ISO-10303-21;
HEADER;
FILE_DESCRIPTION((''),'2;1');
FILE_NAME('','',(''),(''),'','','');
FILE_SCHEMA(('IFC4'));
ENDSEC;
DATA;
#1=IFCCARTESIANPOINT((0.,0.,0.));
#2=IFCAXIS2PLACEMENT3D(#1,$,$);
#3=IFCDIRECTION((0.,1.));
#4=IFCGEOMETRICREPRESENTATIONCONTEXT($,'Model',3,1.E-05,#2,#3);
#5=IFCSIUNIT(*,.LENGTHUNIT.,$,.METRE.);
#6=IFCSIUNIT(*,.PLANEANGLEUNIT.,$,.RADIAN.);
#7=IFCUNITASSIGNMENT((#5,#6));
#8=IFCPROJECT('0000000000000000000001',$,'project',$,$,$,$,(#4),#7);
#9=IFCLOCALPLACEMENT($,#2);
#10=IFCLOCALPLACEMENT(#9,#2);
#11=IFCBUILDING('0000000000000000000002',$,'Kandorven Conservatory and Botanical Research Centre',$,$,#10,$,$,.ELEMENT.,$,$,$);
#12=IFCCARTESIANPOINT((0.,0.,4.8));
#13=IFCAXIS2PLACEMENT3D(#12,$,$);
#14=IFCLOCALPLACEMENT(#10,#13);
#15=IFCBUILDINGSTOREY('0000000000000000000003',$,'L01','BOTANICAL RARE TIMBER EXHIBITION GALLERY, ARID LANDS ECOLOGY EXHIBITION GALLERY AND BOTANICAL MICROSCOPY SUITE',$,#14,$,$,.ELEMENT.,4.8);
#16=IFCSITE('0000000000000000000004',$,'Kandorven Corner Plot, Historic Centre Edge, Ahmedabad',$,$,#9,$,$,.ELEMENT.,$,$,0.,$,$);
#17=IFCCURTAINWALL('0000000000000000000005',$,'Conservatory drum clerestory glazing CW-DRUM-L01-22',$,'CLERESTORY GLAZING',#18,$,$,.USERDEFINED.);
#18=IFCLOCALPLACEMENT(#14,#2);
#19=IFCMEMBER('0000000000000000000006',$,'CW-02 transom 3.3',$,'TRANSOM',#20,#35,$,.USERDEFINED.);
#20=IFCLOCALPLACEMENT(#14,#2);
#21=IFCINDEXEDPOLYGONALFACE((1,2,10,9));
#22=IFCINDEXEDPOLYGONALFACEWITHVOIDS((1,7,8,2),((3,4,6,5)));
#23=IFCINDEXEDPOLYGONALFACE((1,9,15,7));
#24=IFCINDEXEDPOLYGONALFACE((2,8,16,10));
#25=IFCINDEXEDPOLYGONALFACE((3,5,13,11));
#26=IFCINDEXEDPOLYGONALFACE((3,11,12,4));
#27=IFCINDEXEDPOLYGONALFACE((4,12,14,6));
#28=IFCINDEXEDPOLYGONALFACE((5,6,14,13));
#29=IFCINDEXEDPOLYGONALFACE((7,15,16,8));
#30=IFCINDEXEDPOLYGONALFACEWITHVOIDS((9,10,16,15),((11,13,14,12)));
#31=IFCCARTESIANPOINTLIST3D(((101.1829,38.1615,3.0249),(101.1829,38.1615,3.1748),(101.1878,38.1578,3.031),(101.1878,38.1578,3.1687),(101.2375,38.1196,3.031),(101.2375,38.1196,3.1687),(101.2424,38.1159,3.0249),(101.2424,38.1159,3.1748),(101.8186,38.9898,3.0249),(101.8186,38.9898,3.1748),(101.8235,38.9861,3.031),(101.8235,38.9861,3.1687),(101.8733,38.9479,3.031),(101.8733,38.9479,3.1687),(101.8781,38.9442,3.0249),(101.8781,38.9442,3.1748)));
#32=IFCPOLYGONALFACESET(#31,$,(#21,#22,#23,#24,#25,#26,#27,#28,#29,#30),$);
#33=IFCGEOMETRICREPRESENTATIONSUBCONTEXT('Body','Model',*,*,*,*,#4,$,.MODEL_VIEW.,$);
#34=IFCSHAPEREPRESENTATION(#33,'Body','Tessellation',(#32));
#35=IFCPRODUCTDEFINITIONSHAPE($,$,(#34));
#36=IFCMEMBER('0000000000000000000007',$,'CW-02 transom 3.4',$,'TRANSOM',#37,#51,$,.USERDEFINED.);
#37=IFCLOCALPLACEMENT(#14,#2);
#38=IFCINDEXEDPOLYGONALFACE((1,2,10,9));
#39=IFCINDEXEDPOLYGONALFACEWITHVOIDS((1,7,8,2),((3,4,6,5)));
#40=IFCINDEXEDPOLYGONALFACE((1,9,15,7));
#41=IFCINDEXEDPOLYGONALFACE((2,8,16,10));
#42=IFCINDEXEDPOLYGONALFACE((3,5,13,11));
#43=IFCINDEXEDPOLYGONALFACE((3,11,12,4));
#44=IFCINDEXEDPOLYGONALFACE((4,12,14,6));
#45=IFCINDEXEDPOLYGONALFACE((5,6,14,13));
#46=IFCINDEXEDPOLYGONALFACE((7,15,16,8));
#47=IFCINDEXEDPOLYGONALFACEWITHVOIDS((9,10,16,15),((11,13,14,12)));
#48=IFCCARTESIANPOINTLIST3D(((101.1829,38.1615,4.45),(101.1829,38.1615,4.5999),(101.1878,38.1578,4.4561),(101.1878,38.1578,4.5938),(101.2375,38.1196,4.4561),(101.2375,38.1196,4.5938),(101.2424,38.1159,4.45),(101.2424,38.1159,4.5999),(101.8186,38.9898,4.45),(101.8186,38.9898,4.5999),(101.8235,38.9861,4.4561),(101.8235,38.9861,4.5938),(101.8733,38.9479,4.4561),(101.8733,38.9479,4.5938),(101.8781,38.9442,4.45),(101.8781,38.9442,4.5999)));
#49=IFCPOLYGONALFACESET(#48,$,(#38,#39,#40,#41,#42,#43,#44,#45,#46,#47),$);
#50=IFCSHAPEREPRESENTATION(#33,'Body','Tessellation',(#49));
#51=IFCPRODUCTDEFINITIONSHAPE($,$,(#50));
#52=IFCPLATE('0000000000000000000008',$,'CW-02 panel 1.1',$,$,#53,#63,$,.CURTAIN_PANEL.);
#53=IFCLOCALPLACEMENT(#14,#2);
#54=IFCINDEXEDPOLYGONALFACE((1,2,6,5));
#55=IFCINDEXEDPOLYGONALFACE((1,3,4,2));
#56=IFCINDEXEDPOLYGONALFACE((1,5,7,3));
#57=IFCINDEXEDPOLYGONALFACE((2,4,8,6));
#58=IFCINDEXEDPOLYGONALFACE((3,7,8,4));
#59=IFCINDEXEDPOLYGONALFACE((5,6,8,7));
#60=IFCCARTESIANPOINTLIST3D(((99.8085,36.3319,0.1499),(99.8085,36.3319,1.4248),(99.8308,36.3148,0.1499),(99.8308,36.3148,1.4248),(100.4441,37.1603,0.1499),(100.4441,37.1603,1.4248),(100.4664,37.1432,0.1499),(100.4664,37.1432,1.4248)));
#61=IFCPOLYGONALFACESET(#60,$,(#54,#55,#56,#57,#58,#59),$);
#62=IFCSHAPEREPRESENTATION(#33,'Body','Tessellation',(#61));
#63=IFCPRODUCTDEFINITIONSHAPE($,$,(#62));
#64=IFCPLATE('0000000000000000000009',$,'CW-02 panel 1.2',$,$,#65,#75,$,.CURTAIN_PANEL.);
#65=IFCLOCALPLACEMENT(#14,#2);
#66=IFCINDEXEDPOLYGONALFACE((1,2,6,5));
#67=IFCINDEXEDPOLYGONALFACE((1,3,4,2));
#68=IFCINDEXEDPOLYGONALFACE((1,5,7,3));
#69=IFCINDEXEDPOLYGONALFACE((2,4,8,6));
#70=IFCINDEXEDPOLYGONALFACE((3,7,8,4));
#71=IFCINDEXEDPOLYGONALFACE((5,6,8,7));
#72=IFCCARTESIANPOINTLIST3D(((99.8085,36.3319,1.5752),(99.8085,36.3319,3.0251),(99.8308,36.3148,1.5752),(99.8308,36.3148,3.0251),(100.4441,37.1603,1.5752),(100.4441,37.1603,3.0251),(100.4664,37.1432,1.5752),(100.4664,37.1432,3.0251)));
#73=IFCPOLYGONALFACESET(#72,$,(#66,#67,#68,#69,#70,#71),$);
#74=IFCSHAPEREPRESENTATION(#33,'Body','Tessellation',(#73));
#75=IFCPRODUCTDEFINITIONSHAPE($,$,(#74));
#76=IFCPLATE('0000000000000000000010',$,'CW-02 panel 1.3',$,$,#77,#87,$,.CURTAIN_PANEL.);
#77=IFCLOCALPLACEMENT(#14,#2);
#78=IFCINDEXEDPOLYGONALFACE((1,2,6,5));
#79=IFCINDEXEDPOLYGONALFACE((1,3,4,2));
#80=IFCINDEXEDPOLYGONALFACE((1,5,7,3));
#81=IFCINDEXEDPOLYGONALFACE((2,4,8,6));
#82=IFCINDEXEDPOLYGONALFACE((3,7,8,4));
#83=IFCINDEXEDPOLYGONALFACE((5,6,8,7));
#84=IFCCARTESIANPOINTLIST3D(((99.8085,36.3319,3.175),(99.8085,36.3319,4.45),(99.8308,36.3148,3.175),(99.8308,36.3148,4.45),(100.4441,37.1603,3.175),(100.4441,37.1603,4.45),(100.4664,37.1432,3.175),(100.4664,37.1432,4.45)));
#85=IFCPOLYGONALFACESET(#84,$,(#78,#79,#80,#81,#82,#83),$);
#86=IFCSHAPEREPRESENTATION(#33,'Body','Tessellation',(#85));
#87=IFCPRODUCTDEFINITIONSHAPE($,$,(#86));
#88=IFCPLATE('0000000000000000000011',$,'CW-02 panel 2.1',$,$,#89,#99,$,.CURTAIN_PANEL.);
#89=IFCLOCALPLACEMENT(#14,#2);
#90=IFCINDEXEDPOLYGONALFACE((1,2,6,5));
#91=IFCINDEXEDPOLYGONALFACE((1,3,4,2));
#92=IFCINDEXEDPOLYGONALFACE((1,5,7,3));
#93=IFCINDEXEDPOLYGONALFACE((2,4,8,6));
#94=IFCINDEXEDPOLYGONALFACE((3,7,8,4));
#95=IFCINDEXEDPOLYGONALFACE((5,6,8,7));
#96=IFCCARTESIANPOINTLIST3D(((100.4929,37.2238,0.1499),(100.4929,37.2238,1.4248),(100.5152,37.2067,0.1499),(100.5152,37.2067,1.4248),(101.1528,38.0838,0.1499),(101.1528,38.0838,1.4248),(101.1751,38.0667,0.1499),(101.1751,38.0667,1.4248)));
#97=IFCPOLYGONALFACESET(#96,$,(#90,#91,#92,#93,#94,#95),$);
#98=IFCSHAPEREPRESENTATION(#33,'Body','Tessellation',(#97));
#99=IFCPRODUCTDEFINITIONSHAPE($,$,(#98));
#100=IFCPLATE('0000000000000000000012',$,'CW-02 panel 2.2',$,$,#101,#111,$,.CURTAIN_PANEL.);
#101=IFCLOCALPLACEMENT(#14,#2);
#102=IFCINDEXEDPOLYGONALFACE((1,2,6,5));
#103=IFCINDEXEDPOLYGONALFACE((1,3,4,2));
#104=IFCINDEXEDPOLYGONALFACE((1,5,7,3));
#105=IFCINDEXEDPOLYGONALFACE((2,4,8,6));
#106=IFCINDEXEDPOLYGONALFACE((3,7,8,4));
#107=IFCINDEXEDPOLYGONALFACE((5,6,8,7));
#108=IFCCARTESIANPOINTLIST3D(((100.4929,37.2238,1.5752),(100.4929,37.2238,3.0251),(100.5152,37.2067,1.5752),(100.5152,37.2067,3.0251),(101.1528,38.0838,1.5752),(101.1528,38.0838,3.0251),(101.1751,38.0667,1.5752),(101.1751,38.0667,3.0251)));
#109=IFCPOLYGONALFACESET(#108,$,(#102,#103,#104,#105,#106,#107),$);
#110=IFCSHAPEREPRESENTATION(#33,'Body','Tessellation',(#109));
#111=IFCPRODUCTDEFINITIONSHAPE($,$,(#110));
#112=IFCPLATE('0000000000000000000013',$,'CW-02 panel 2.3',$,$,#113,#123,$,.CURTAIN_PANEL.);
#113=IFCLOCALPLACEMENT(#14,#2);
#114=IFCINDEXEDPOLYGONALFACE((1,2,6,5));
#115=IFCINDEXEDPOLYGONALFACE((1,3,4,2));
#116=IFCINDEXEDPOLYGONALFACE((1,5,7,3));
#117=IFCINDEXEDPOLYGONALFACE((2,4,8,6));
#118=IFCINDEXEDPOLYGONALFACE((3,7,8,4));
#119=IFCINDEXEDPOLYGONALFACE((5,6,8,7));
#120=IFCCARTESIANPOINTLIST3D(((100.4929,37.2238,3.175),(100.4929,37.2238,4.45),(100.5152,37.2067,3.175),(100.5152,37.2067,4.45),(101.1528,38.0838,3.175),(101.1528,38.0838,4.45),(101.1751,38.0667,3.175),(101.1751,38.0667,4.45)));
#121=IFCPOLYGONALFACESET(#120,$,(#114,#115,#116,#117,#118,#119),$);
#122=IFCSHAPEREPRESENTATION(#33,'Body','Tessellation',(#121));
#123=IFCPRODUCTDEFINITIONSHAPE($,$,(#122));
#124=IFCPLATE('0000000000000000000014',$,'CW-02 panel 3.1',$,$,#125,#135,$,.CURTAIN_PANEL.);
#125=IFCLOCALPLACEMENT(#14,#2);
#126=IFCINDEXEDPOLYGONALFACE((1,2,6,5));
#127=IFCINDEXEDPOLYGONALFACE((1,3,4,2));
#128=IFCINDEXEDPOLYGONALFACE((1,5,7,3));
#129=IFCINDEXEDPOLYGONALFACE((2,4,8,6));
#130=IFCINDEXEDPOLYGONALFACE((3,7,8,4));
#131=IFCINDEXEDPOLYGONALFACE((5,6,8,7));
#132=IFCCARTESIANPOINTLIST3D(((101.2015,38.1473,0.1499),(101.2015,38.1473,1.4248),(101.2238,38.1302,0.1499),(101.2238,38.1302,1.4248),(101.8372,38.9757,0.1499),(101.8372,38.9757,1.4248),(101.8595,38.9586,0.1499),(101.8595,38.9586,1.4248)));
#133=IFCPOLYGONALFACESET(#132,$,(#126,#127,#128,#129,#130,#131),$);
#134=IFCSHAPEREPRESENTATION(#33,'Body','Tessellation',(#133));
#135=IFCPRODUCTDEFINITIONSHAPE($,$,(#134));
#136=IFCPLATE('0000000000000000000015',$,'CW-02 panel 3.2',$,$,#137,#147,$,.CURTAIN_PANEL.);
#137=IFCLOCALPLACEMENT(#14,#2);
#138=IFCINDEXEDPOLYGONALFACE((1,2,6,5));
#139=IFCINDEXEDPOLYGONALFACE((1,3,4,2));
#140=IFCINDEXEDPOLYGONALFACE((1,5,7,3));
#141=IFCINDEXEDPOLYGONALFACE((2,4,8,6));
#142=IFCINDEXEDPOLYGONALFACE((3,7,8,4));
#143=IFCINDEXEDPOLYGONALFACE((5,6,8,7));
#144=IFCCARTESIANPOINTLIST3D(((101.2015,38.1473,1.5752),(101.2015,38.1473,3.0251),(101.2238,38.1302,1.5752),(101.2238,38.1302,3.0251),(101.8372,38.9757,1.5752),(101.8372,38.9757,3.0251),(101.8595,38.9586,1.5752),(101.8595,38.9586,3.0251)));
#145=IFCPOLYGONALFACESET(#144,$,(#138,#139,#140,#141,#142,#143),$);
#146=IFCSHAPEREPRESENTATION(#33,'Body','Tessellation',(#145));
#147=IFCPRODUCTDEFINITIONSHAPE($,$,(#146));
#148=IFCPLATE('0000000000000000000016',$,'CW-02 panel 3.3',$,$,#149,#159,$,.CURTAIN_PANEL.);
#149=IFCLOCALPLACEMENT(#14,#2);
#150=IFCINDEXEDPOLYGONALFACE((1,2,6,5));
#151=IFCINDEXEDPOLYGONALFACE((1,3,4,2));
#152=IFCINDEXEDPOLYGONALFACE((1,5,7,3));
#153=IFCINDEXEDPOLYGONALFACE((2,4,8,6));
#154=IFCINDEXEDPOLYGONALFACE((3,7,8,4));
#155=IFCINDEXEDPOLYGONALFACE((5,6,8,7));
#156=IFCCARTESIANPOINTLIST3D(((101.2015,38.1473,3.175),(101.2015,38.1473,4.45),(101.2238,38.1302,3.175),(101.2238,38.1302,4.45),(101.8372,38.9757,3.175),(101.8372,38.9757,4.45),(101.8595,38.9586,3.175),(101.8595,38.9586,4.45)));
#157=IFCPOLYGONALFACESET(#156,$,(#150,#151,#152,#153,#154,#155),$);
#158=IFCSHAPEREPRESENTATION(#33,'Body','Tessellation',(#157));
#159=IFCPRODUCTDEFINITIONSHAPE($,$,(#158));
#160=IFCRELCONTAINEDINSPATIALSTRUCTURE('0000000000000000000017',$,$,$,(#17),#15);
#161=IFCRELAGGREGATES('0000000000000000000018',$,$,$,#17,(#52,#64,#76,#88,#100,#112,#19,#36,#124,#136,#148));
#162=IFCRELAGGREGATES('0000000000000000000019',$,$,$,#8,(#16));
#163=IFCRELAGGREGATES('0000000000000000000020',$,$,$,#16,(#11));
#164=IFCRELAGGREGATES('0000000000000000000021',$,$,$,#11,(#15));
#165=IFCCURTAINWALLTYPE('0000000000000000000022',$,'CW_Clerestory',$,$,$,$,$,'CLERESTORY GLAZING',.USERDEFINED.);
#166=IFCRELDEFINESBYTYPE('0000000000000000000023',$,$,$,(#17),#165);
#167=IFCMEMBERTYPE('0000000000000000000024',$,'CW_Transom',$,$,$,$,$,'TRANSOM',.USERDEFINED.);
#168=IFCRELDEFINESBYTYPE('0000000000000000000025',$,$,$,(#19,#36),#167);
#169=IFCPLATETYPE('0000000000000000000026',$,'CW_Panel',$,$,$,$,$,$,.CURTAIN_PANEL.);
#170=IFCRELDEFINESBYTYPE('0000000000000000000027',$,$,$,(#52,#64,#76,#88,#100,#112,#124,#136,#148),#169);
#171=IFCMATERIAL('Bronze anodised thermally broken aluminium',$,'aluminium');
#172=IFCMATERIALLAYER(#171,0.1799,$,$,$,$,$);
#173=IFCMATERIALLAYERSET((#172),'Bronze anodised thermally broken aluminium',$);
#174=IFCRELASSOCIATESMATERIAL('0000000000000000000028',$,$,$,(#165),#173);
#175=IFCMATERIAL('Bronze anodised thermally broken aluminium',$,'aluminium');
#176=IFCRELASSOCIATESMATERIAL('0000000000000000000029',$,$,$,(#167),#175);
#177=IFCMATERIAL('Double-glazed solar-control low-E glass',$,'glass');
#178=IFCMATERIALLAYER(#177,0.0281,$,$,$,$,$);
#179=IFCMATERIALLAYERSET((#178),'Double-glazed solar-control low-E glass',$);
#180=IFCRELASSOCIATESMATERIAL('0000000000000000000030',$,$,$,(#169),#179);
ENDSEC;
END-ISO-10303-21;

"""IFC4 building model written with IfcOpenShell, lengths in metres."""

from ifc_helpers import new_model, si_unit, direction, frame, origin, origin_2d, place, context, subcontext, project, spatial, rectangle, hollow_rectangle, extrude, material, layer, layer_set, material_profile, profile_set, type_object, element, aggregate, save


model = new_model("IFC4")

# Units and contexts
model_context = context("Model", 3, precision=1e-05, world=origin(), true_north=direction((0.0, 1.0)))
body_context = subcontext(model_context, "Body", "Model", "MODEL_VIEW")
ifc_project = project(units=[si_unit("LENGTHUNIT", "METRE"), si_unit("PLANEANGLEUNIT", "RADIAN")], contexts=[model_context])

# Site, building, storey
site_placement = place(None, origin())
site = spatial("IfcSite", under=ifc_project, at=site_placement, Name="Kandorven Corner Plot, Historic Centre Edge, Ahmedabad", CompositionType="ELEMENT", RefElevation=0.0)
building_placement = place(site_placement, origin())
building = spatial("IfcBuilding", under=site, at=building_placement, Name="Kandorven Conservatory and Botanical Research Centre", CompositionType="ELEMENT")
storey_placement = place(building_placement, frame((0.0, 0.0, 4.8)))
storey = spatial("IfcBuildingStorey", under=building, at=storey_placement, Name="L01", Description="BOTANICAL RARE TIMBER EXHIBITION GALLERY, ARID LANDS ECOLOGY EXHIBITION GALLERY AND BOTANICAL MICROSCOPY SUITE", CompositionType="ELEMENT", Elevation=4.8)

# Curtain wall, members, plates
ifc_material_1 = material(Name="Bronze anodised thermally broken aluminium", Category="aluminium")
ifc_layer_1 = layer(ifc_material_1, 0.1799)
ifc_layer_set_1 = layer_set([ifc_layer_1], Name="Bronze anodised thermally broken aluminium")
curtain_wall_type = type_object("IfcCurtainWallType", Name="CW_Clerestory", ElementType="CLERESTORY GLAZING", PredefinedType="USERDEFINED", material=ifc_layer_set_1)
curtain_wall_placement = place(storey_placement, origin())
curtain_wall = element("IfcCurtainWall", 1, at=curtain_wall_placement, inside=storey, type_object=curtain_wall_type, Name="Conservatory drum clerestory glazing CW-DRUM-L01-22", ObjectType="CLERESTORY GLAZING", PredefinedType="USERDEFINED")
ifc_material_2 = material(Name="Bronze anodised thermally broken aluminium", Category="aluminium")
ifc_material_profile_1 = material_profile(ifc_material_2, hollow_rectangle(XDim=0.075, YDim=0.1499, WallThickness=0.0061, at=origin_2d()))
ifc_profile_set_1 = profile_set([ifc_material_profile_1], Name="Bronze anodised thermally broken aluminium")
member_type_1 = type_object("IfcMemberType", Name="CW_Transom", ElementType="TRANSOM", PredefinedType="USERDEFINED", material=ifc_profile_set_1)
member_1_placement = place(storey_placement, frame((101.2126, 38.1387, 3.0999), z_axis=(0.608829, 0.793301, 0.0), x_axis=(-0.793301, 0.608829, 0.0)))
member_1 = element("IfcMember", 2, at=member_1_placement, type_object=member_type_1, Name="CW-02 transom 3.3", ObjectType="TRANSOM", PredefinedType="USERDEFINED", context=body_context, shape_type="SweptSolid", body=[
    extrude(hollow_rectangle(XDim=0.075, YDim=0.1499, WallThickness=0.0061, at=origin_2d()), origin(), (0.0, 0.0, 1.0), 1.0442),
])
member_2_placement = place(storey_placement, frame((101.2126, 38.1387, 4.5249), z_axis=(0.608829, 0.793301, 0.0), x_axis=(-0.793301, 0.608829, 0.0)))
member_2 = element("IfcMember", 3, at=member_2_placement, type_object=member_type_1, Name="CW-02 transom 3.4", ObjectType="TRANSOM", PredefinedType="USERDEFINED", context=body_context, shape_type="SweptSolid", body=[
    extrude(hollow_rectangle(XDim=0.075, YDim=0.1499, WallThickness=0.0061, at=origin_2d()), origin(), (0.0, 0.0, 1.0), 1.0442),
])
ifc_material_3 = material(Name="Double-glazed solar-control low-E glass", Category="glass")
ifc_layer_2 = layer(ifc_material_3, 0.0281)
ifc_layer_set_2 = layer_set([ifc_layer_2], Name="Double-glazed solar-control low-E glass")
plate_type = type_object("IfcPlateType", Name="CW_Panel", PredefinedType="CURTAIN_PANEL", material=ifc_layer_set_2)
plate_1_placement = place(storey_placement, frame((100.1375, 36.7375, 0.1499), z_axis=(0.0, 0.0, 1.0), x_axis=(0.608769, 0.793347, 0.0)))
plate_1 = element("IfcPlate", 4, at=plate_1_placement, type_object=plate_type, Name="CW-02 panel 1.1", PredefinedType="CURTAIN_PANEL", context=body_context, shape_type="SweptSolid", body=[
    extrude(rectangle(XDim=1.0442, YDim=0.0281, at=origin_2d()), origin(), (0.0, 0.0, 1.0), 1.2749),
])
plate_2_placement = place(storey_placement, frame((100.1375, 36.7375, 1.5752), z_axis=(0.0, 0.0, 1.0), x_axis=(0.608769, 0.793347, 0.0)))
plate_2 = element("IfcPlate", 5, at=plate_2_placement, type_object=plate_type, Name="CW-02 panel 1.2", PredefinedType="CURTAIN_PANEL", context=body_context, shape_type="SweptSolid", body=[
    extrude(rectangle(XDim=1.0442, YDim=0.0281, at=origin_2d()), origin(), (0.0, 0.0, 1.0), 1.45),
])
plate_3_placement = place(storey_placement, frame((100.1375, 36.7375, 3.175), z_axis=(0.0, 0.0, 1.0), x_axis=(0.608769, 0.793347, 0.0)))
plate_3 = element("IfcPlate", 6, at=plate_3_placement, type_object=plate_type, Name="CW-02 panel 1.3", PredefinedType="CURTAIN_PANEL", context=body_context, shape_type="SweptSolid", body=[
    extrude(rectangle(XDim=1.0442, YDim=0.0281, at=origin_2d()), origin(), (0.0, 0.0, 1.0), 1.2749),
])
plate_4_placement = place(storey_placement, frame((100.834, 37.6453, 0.1499), z_axis=(0.0, 0.0, 1.0), x_axis=(0.608769, 0.793347, 0.0)))
plate_4 = element("IfcPlate", 7, at=plate_4_placement, type_object=plate_type, Name="CW-02 panel 2.1", PredefinedType="CURTAIN_PANEL", context=body_context, shape_type="SweptSolid", body=[
    extrude(rectangle(XDim=1.084, YDim=0.0281, at=origin_2d()), origin(), (0.0, 0.0, 1.0), 1.2749),
])
plate_5_placement = place(storey_placement, frame((100.834, 37.6453, 1.5752), z_axis=(0.0, 0.0, 1.0), x_axis=(0.608769, 0.793347, 0.0)))
plate_5 = element("IfcPlate", 8, at=plate_5_placement, type_object=plate_type, Name="CW-02 panel 2.2", PredefinedType="CURTAIN_PANEL", context=body_context, shape_type="SweptSolid", body=[
    extrude(rectangle(XDim=1.084, YDim=0.0281, at=origin_2d()), origin(), (0.0, 0.0, 1.0), 1.45),
])
plate_6_placement = place(storey_placement, frame((100.834, 37.6453, 3.175), z_axis=(0.0, 0.0, 1.0), x_axis=(0.608769, 0.793347, 0.0)))
plate_6 = element("IfcPlate", 9, at=plate_6_placement, type_object=plate_type, Name="CW-02 panel 2.3", PredefinedType="CURTAIN_PANEL", context=body_context, shape_type="SweptSolid", body=[
    extrude(rectangle(XDim=1.084, YDim=0.0281, at=origin_2d()), origin(), (0.0, 0.0, 1.0), 1.2749),
])
plate_7_placement = place(storey_placement, frame((101.5305, 38.553, 0.1499), z_axis=(0.0, 0.0, 1.0), x_axis=(0.608769, 0.793347, 0.0)))
plate_7 = element("IfcPlate", 10, at=plate_7_placement, type_object=plate_type, Name="CW-02 panel 3.1", PredefinedType="CURTAIN_PANEL", context=body_context, shape_type="SweptSolid", body=[
    extrude(rectangle(XDim=1.0442, YDim=0.0281, at=origin_2d()), origin(), (0.0, 0.0, 1.0), 1.2749),
])
plate_8_placement = place(storey_placement, frame((101.5305, 38.553, 1.5752), z_axis=(0.0, 0.0, 1.0), x_axis=(0.608769, 0.793347, 0.0)))
plate_8 = element("IfcPlate", 11, at=plate_8_placement, type_object=plate_type, Name="CW-02 panel 3.2", PredefinedType="CURTAIN_PANEL", context=body_context, shape_type="SweptSolid", body=[
    extrude(rectangle(XDim=1.0442, YDim=0.0281, at=origin_2d()), origin(), (0.0, 0.0, 1.0), 1.45),
])
plate_9_placement = place(storey_placement, frame((101.5305, 38.553, 3.175), z_axis=(0.0, 0.0, 1.0), x_axis=(0.608769, 0.793347, 0.0)))
plate_9 = element("IfcPlate", 12, at=plate_9_placement, type_object=plate_type, Name="CW-02 panel 3.3", PredefinedType="CURTAIN_PANEL", context=body_context, shape_type="SweptSolid", body=[
    extrude(rectangle(XDim=1.0442, YDim=0.0281, at=origin_2d()), origin(), (0.0, 0.0, 1.0), 1.2749),
])
aggregate(curtain_wall, [plate_1, plate_2, plate_3, plate_4, plate_5, plate_6, member_1, member_2, plate_7, plate_8, plate_9])

save(model, "model.ifc")
